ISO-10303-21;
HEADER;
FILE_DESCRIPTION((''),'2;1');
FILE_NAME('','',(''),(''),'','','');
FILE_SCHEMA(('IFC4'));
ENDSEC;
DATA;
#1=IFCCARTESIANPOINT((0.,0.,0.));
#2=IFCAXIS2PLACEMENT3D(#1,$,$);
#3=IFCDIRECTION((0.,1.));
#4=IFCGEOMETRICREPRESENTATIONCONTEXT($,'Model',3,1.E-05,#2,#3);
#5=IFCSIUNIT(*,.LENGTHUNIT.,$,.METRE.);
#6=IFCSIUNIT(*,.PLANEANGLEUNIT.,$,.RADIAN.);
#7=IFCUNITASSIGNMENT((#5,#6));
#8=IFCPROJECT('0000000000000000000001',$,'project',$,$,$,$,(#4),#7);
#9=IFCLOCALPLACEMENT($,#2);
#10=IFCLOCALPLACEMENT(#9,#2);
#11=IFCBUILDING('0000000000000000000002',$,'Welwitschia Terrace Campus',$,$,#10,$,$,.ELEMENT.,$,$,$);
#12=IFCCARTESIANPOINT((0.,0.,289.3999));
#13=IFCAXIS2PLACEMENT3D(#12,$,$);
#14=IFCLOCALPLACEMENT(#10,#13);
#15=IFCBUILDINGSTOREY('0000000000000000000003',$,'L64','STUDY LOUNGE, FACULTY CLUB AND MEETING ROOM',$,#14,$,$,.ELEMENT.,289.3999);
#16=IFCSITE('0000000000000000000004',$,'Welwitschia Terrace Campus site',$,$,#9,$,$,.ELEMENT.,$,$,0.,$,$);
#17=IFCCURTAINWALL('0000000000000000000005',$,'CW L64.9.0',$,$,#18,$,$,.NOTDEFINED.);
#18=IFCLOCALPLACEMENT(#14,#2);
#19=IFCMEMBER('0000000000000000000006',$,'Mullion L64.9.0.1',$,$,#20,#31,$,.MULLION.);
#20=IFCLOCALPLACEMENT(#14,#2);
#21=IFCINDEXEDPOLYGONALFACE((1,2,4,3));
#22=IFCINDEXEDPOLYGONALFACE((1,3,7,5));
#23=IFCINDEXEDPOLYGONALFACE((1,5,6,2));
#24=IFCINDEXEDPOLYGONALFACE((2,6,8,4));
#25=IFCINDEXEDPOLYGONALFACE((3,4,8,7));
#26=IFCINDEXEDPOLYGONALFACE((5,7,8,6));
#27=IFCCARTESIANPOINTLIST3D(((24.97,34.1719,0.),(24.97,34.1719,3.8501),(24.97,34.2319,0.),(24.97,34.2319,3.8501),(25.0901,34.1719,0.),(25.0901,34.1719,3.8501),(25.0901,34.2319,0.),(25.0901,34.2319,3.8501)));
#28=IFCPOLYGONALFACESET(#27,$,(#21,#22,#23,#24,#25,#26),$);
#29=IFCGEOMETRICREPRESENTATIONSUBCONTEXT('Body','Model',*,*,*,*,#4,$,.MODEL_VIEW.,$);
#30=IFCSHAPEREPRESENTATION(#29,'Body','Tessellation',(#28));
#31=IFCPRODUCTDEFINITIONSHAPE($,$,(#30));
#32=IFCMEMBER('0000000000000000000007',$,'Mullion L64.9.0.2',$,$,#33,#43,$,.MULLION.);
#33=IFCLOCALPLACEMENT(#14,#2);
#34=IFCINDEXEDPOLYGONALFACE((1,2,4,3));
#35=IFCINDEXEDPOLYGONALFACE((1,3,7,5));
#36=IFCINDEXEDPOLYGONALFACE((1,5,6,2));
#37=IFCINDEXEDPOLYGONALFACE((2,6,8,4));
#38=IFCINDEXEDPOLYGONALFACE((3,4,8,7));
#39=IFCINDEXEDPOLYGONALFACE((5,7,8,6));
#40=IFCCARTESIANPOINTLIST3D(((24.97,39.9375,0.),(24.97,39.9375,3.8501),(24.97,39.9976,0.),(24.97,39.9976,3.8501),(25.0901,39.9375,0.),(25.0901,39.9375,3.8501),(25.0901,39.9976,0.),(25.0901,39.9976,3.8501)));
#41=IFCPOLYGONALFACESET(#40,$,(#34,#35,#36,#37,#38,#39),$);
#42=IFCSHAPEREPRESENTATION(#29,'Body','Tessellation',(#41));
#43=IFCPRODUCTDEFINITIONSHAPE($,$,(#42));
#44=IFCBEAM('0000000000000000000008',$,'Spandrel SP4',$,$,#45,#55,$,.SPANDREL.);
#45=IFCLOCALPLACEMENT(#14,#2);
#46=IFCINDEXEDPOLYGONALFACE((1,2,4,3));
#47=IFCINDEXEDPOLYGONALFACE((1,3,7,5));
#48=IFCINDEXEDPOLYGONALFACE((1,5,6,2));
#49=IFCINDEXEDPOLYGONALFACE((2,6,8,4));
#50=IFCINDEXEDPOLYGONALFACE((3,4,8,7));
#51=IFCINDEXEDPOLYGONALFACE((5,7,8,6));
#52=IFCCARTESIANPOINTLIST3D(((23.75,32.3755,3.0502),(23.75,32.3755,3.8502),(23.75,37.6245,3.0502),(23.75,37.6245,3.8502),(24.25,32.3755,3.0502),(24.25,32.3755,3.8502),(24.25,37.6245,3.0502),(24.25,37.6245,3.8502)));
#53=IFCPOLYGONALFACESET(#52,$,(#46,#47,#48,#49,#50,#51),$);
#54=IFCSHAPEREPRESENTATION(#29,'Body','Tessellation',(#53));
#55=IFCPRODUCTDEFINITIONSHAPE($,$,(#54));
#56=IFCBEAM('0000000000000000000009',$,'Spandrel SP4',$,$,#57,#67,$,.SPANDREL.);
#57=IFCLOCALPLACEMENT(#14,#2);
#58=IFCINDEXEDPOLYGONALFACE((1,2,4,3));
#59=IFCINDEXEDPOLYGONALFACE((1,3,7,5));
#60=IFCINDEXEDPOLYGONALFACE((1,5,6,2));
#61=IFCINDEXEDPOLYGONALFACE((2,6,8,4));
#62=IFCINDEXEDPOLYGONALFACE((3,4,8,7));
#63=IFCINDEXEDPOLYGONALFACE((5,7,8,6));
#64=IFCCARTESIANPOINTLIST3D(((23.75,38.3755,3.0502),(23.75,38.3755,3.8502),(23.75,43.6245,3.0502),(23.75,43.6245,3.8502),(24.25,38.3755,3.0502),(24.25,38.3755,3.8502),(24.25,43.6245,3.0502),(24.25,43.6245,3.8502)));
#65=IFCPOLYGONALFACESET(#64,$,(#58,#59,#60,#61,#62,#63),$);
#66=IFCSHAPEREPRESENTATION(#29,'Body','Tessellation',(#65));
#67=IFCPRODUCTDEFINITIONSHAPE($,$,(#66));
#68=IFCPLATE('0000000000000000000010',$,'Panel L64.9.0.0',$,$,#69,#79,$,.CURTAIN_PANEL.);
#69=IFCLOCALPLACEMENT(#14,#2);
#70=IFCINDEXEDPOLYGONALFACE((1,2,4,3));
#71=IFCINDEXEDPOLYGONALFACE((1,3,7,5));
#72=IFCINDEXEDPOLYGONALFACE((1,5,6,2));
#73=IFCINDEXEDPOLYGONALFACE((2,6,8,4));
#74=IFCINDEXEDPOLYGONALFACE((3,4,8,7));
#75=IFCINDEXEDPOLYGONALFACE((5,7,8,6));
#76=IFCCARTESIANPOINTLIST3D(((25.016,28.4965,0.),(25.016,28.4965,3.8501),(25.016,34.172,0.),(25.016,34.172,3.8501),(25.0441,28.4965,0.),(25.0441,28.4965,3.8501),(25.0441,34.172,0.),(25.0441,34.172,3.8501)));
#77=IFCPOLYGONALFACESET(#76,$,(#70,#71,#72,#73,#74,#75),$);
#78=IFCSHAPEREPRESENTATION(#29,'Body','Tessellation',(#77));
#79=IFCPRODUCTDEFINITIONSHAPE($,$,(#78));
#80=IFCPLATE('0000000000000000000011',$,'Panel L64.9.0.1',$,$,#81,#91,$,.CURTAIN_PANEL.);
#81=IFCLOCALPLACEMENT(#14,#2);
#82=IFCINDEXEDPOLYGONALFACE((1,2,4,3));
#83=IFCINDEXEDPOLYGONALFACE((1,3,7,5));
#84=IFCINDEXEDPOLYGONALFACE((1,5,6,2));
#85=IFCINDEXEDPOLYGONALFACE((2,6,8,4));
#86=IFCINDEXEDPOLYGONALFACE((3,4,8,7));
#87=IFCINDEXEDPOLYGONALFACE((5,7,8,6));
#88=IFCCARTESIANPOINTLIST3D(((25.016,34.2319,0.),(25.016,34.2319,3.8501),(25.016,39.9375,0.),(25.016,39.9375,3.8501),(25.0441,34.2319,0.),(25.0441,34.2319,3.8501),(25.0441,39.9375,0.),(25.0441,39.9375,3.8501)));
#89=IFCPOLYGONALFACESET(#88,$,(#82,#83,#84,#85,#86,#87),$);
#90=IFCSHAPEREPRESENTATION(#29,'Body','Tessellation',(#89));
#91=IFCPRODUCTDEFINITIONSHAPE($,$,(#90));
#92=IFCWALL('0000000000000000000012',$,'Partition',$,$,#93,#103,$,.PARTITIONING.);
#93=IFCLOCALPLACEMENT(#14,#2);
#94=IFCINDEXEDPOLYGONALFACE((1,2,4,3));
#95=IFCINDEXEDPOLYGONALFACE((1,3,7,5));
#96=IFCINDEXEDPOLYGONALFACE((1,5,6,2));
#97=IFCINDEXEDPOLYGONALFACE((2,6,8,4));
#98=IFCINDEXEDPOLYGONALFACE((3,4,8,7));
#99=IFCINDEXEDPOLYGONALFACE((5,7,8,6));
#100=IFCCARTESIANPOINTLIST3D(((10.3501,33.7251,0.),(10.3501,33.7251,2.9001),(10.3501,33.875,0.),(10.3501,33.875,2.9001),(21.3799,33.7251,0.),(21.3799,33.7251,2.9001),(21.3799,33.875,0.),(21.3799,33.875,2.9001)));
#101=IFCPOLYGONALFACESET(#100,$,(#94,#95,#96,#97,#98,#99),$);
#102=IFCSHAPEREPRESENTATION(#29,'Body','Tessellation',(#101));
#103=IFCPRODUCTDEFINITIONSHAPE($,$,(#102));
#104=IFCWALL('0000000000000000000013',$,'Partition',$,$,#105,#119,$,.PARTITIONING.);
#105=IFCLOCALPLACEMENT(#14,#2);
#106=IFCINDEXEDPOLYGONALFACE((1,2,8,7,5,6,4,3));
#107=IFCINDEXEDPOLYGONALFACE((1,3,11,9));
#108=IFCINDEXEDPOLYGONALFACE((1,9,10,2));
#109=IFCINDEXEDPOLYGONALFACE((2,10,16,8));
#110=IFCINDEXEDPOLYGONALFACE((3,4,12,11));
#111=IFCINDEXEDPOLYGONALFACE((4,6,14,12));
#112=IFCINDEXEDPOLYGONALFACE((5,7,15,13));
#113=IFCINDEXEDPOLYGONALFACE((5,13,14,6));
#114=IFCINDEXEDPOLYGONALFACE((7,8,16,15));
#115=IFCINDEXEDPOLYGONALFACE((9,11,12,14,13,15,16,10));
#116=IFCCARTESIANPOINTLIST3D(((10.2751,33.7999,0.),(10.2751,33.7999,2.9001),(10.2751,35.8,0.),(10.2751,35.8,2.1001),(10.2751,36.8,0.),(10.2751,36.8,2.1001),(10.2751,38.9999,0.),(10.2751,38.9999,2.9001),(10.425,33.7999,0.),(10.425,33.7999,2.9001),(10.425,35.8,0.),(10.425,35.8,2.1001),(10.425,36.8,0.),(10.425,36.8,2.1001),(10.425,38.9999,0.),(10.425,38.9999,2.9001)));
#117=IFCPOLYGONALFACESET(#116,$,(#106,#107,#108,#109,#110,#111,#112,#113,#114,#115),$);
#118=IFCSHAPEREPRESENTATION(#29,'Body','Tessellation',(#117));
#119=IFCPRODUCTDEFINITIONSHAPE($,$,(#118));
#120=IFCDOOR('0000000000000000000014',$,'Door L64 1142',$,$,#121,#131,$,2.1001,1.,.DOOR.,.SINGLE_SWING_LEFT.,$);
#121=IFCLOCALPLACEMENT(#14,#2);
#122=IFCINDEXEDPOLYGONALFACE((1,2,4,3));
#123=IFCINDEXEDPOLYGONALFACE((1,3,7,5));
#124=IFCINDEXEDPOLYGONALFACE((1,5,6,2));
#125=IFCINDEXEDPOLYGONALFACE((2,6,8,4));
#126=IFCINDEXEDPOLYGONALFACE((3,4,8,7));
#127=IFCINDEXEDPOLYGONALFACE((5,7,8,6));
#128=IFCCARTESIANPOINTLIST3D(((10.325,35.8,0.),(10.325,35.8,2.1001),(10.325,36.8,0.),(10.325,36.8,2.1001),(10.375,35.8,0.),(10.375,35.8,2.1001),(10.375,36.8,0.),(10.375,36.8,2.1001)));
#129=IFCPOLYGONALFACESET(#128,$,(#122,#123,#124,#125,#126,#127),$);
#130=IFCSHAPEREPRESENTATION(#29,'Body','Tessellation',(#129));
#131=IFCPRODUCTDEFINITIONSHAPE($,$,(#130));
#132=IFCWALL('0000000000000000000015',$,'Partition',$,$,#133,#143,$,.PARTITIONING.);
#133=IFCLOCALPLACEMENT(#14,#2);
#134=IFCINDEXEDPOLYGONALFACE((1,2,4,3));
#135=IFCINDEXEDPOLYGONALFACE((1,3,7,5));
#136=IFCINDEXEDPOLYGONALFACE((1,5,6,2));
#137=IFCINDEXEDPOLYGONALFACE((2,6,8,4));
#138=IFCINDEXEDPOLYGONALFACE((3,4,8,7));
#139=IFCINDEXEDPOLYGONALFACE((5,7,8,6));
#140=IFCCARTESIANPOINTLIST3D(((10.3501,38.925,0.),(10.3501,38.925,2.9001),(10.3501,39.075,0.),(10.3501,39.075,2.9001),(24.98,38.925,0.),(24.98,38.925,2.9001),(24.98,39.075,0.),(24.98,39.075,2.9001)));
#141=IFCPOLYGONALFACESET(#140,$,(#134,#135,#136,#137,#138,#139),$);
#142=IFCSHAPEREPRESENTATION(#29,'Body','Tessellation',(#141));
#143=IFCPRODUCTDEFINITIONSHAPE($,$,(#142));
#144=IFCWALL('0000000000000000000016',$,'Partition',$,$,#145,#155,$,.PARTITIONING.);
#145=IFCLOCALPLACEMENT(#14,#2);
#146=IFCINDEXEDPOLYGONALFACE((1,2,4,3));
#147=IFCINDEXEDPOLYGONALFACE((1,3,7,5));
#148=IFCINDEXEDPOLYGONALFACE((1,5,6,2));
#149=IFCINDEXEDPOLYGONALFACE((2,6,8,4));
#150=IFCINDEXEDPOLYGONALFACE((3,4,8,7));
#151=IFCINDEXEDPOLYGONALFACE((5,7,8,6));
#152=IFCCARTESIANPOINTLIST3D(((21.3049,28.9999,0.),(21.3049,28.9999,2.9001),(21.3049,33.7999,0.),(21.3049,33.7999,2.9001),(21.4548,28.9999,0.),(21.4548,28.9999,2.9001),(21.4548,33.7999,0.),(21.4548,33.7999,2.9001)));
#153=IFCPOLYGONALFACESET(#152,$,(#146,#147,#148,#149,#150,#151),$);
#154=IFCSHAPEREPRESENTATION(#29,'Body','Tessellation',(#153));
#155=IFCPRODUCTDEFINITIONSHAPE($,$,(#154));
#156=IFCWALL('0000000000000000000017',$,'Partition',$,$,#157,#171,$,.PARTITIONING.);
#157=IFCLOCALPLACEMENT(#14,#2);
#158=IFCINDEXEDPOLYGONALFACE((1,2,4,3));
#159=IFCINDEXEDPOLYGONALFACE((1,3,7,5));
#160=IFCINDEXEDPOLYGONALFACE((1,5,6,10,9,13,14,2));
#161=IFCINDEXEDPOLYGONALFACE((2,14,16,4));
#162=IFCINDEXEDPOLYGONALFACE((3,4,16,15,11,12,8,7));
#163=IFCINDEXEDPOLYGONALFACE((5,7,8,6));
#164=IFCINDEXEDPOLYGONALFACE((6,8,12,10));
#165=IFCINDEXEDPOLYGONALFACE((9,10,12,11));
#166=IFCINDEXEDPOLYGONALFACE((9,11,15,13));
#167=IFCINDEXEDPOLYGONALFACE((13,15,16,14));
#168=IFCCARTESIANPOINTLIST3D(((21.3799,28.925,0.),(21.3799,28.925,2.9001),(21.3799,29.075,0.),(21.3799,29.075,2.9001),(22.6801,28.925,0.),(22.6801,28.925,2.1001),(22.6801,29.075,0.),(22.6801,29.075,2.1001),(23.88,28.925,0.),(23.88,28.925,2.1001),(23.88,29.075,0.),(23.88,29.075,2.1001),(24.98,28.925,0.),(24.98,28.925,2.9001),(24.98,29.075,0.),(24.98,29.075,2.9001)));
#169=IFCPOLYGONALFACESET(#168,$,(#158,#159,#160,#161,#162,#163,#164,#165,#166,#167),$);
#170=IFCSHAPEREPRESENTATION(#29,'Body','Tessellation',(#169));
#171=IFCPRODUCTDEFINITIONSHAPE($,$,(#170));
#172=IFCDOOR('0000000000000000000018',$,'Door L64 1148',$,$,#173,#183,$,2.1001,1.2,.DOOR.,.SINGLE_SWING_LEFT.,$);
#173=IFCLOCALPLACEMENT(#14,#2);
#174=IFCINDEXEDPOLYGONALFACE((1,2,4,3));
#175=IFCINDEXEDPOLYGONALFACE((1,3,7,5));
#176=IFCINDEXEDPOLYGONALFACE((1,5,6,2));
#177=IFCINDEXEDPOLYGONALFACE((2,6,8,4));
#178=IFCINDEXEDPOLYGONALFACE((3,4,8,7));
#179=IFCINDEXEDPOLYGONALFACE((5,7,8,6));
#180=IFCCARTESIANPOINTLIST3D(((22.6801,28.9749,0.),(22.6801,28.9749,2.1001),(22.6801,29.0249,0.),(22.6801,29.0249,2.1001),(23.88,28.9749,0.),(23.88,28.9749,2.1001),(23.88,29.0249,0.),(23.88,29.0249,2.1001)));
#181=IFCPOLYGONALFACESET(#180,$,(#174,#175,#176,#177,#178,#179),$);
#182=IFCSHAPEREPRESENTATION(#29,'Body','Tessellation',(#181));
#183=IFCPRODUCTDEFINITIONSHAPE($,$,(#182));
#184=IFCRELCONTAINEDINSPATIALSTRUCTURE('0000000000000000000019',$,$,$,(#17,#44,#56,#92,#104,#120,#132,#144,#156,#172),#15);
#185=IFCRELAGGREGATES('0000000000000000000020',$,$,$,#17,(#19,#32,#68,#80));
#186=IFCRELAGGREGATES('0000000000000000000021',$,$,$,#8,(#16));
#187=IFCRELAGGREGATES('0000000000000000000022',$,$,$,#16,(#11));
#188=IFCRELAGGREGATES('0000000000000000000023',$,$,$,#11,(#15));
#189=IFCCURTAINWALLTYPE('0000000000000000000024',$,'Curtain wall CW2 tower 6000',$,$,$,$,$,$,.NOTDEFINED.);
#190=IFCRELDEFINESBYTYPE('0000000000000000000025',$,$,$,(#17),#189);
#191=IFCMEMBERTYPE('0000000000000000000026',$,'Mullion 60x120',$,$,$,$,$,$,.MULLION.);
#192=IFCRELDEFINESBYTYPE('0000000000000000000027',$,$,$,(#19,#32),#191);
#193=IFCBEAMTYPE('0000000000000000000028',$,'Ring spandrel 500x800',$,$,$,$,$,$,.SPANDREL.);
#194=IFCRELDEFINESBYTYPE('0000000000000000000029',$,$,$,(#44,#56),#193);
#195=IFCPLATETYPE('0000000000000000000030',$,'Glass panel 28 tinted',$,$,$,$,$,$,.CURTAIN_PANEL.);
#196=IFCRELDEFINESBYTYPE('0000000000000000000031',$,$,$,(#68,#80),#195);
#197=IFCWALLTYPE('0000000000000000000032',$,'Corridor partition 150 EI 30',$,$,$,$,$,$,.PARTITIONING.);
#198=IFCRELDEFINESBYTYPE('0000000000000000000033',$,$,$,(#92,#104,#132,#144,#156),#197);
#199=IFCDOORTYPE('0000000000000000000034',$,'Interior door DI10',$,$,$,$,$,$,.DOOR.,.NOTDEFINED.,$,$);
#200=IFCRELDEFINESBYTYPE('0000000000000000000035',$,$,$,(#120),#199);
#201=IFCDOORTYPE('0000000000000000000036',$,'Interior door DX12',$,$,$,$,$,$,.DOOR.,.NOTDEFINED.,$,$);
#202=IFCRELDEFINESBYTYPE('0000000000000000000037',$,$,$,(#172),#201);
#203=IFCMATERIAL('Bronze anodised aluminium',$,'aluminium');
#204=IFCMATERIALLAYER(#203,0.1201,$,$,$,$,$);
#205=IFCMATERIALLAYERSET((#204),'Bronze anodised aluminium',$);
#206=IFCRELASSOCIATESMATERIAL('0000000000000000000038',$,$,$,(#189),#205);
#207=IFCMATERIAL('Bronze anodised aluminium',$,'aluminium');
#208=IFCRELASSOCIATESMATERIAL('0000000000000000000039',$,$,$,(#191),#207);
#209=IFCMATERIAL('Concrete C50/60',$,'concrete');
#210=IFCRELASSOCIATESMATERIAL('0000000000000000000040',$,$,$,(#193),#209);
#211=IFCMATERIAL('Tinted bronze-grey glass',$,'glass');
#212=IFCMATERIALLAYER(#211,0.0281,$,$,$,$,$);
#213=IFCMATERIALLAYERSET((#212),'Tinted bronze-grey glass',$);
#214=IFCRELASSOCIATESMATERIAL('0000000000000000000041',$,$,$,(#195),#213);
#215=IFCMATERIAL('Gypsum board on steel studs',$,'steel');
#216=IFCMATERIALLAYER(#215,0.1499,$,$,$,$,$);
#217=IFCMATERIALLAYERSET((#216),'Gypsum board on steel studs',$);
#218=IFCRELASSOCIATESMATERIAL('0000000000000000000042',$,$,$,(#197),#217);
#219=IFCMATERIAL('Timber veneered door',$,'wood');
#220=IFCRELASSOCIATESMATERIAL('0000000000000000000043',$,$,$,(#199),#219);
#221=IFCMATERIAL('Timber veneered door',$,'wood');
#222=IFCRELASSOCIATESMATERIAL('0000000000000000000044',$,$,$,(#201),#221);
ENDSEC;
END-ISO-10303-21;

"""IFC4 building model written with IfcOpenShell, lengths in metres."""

from ifc_helpers import new_model, si_unit, direction, frame, frame_2d, origin, origin_2d, place, context, subcontext, project, spatial, rectangle, extrude, material, layer, layer_set, material_profile, profile_set, type_object, element, fill, aggregate, save


model = new_model("IFC4")

# Units and contexts
model_context = context("Model", 3, precision=1e-05, world=origin(), true_north=direction((0.0, 1.0)))
body_context = subcontext(model_context, "Body", "Model", "MODEL_VIEW")
ifc_project = project(units=[si_unit("LENGTHUNIT", "METRE"), si_unit("PLANEANGLEUNIT", "RADIAN")], contexts=[model_context])

# Site, building, storey
site_placement = place(None, origin())
site = spatial("IfcSite", under=ifc_project, at=site_placement, Name="Welwitschia Terrace Campus site", CompositionType="ELEMENT", RefElevation=0.0)
building_placement = place(site_placement, origin())
building = spatial("IfcBuilding", under=site, at=building_placement, Name="Welwitschia Terrace Campus", CompositionType="ELEMENT")
storey_placement = place(building_placement, frame((0.0, 0.0, 289.3999)))
storey = spatial("IfcBuildingStorey", under=building, at=storey_placement, Name="L64", Description="STUDY LOUNGE, FACULTY CLUB AND MEETING ROOM", CompositionType="ELEMENT", Elevation=289.3999)

# Curtain wall, members
ifc_material_1 = material(Name="Bronze anodised aluminium", Category="aluminium")
ifc_layer_1 = layer(ifc_material_1, 0.1201)
ifc_layer_set_1 = layer_set([ifc_layer_1], Name="Bronze anodised aluminium")
curtain_wall_type = type_object("IfcCurtainWallType", Name="Curtain wall CW2 tower 6000", PredefinedType="NOTDEFINED", material=ifc_layer_set_1)
curtain_wall_placement = place(storey_placement, origin())
curtain_wall = element("IfcCurtainWall", 1, at=curtain_wall_placement, inside=storey, type_object=curtain_wall_type, Name="CW L64.9.0", PredefinedType="NOTDEFINED")
ifc_material_2 = material(Name="Bronze anodised aluminium", Category="aluminium")
ifc_material_profile_1 = material_profile(ifc_material_2, rectangle(XDim=0.1201, YDim=0.0601, at=origin_2d()))
ifc_profile_set_1 = profile_set([ifc_material_profile_1], Name="Bronze anodised aluminium")
member_type = type_object("IfcMemberType", Name="Mullion 60x120", PredefinedType="MULLION", material=ifc_profile_set_1)
member_1_placement = place(storey_placement, frame((25.03, 34.2019, 0.0), z_axis=(0.0, 0.0, 1.0), x_axis=(-1.0, 0.0, 0.0)))
member_1 = element("IfcMember", 2, at=member_1_placement, type_object=member_type, Name="Mullion L64.9.0.1", PredefinedType="MULLION", context=body_context, shape_type="SweptSolid", body=[
    extrude(rectangle(XDim=0.1201, YDim=0.0601, at=origin_2d()), origin(), (0.0, 0.0, 1.0), 3.8501),
])
member_2_placement = place(storey_placement, frame((25.03, 39.9675, 0.0), z_axis=(0.0, 0.0, 1.0), x_axis=(-1.0, 0.0, 0.0)))
member_2 = element("IfcMember", 3, at=member_2_placement, type_object=member_type, Name="Mullion L64.9.0.2", PredefinedType="MULLION", context=body_context, shape_type="SweptSolid", body=[
    extrude(rectangle(XDim=0.1201, YDim=0.0601, at=origin_2d()), origin(), (0.0, 0.0, 1.0), 3.8501),
])

# Beams
ifc_material_3 = material(Name="Concrete C50/60", Category="concrete")
ifc_material_profile_2 = material_profile(ifc_material_3, rectangle(XDim=0.5, YDim=0.8, at=origin_2d()))
ifc_profile_set_2 = profile_set([ifc_material_profile_2], Name="Concrete C50/60")
beam_type_1 = type_object("IfcBeamType", Name="Ring spandrel 500x800", PredefinedType="SPANDREL", material=ifc_profile_set_2)
for number, where, z_axis, x_axis, name in (
    (4, (24.0, 32.3755, 3.4502), (0.0, 1.0, 0.0), (-1.0, 0.0, 0.0), "Spandrel SP4"),
    (5, (24.0, 38.3755, 3.4502), (0.0, 1.0, 0.0), (-1.0, 0.0, 0.0), "Spandrel SP4"),
):
    element("IfcBeam", number, at=place(storey_placement, frame(where, z_axis=z_axis, x_axis=x_axis)), inside=storey, type_object=beam_type_1, Name=name, PredefinedType="SPANDREL", context=body_context, shape_type="SweptSolid", body=[
        extrude(rectangle(XDim=0.5, YDim=0.8, at=origin_2d()), origin(), (0.0, 0.0, 1.0), 5.249),
    ])

# Plates
ifc_material_4 = material(Name="Tinted bronze-grey glass", Category="glass")
ifc_layer_2 = layer(ifc_material_4, 0.0281)
ifc_layer_set_2 = layer_set([ifc_layer_2], Name="Tinted bronze-grey glass")
plate_type = type_object("IfcPlateType", Name="Glass panel 28 tinted", PredefinedType="CURTAIN_PANEL", material=ifc_layer_set_2)
plate_1_placement = place(storey_placement, frame((25.03, 31.3342, 0.0), z_axis=(0.0, 0.0, 1.0), x_axis=(0.0, 1.0, 0.0)))
plate_1 = element("IfcPlate", 6, at=plate_1_placement, type_object=plate_type, Name="Panel L64.9.0.0", PredefinedType="CURTAIN_PANEL", context=body_context, shape_type="SweptSolid", body=[
    extrude(rectangle(XDim=5.6755, YDim=0.0281, at=origin_2d()), origin(), (0.0, 0.0, 1.0), 3.8501),
])
plate_2_placement = place(storey_placement, frame((25.03, 37.0847, 0.0), z_axis=(0.0, 0.0, 1.0), x_axis=(0.0, 1.0, 0.0)))
plate_2 = element("IfcPlate", 7, at=plate_2_placement, type_object=plate_type, Name="Panel L64.9.0.1", PredefinedType="CURTAIN_PANEL", context=body_context, shape_type="SweptSolid", body=[
    extrude(rectangle(XDim=5.7056, YDim=0.0281, at=origin_2d()), origin(), (0.0, 0.0, 1.0), 3.8501),
])
aggregate(curtain_wall, [member_1, member_2, plate_1, plate_2])

# Wall
ifc_material_5 = material(Name="Gypsum board on steel studs", Category="steel")
ifc_layer_3 = layer(ifc_material_5, 0.1499)
ifc_layer_set_3 = layer_set([ifc_layer_3], Name="Gypsum board on steel studs")
wall_type = type_object("IfcWallType", Name="Corridor partition 150 EI 30", PredefinedType="PARTITIONING", material=ifc_layer_set_3)
wall_1_placement = place(storey_placement, frame((10.3501, 33.8, 0.0), z_axis=(0.0, 0.0, 1.0), x_axis=(1.0, 0.0, 0.0)))
element("IfcWall", 8, at=wall_1_placement, inside=storey, type_object=wall_type, Name="Partition", PredefinedType="PARTITIONING", context=body_context, shape_type="SweptSolid", body=[
    extrude(rectangle(XDim=11.0298, YDim=0.1499, at=frame_2d((5.5149, 0.0))), origin(), (0.0, 0.0, 1.0), 2.9001),
])

# Wall, opening, door
wall_2_placement = place(storey_placement, frame((10.3501, 39.0, 0.0), z_axis=(0.0, 0.0, 1.0), x_axis=(0.0, -1.0, 0.0)))
wall_2 = element("IfcWall", 9, at=wall_2_placement, inside=storey, type_object=wall_type, Name="Partition", PredefinedType="PARTITIONING", context=body_context, shape_type="SweptSolid", body=[
    extrude(rectangle(XDim=5.2, YDim=0.1499, at=frame_2d((2.6001, 0.0))), origin(), (0.0, 0.0, 1.0), 2.9001),
])
opening_1_placement = place(wall_2_placement, frame((2.2, 0.0, 0.0)))
opening_1 = element("IfcOpeningElement", 10, at=opening_1_placement, cuts=wall_2, PredefinedType="OPENING", context=body_context, shape_type="SweptSolid", body=[
    extrude(rectangle(XDim=1.0, YDim=2.1001, at=frame_2d((0.5, 1.05))), frame((0.0, 0.085, 0.0), z_axis=(0.0, -1.0, 0.0), x_axis=(1.0, 0.0, 0.0)), (0.0, 0.0, 1.0), 0.1699),
])
ifc_material_6 = material(Name="Timber veneered door", Category="wood")
door_type_1 = type_object("IfcDoorType", Name="Interior door DI10", OperationType="NOTDEFINED", PredefinedType="DOOR", material=ifc_material_6)
door_1_placement = place(opening_1_placement, origin())
door_1 = element("IfcDoor", 11, at=door_1_placement, inside=storey, type_object=door_type_1, Name="Door L64 1142", OperationType="SINGLE_SWING_LEFT", OverallHeight=2.1001, OverallWidth=1.0, PredefinedType="DOOR", context=body_context, shape_type="SweptSolid", body=[
    extrude(rectangle(XDim=1.0, YDim=2.1001, at=frame_2d((0.5, 1.05))), frame((0.0, 0.0249, 0.0), z_axis=(0.0, -1.0, 0.0), x_axis=(1.0, 0.0, 0.0)), (0.0, 0.0, 1.0), 0.05),
])
fill(opening_1, door_1)

# Walls
wall_3_placement = place(storey_placement, frame((10.3501, 39.0, 0.0), z_axis=(0.0, 0.0, 1.0), x_axis=(1.0, 0.0, 0.0)))
element("IfcWall", 12, at=wall_3_placement, inside=storey, type_object=wall_type, Name="Partition", PredefinedType="PARTITIONING", context=body_context, shape_type="SweptSolid", body=[
    extrude(rectangle(XDim=14.6299, YDim=0.1499, at=frame_2d((7.3149, 0.0))), origin(), (0.0, 0.0, 1.0), 2.9001),
])
wall_4_placement = place(storey_placement, frame((21.3799, 29.0, 0.0), z_axis=(0.0, 0.0, 1.0), x_axis=(0.0, 1.0, 0.0)))
element("IfcWall", 13, at=wall_4_placement, inside=storey, type_object=wall_type, Name="Partition", PredefinedType="PARTITIONING", context=body_context, shape_type="SweptSolid", body=[
    extrude(rectangle(XDim=4.8, YDim=0.1499, at=frame_2d((2.3999, 0.0))), origin(), (0.0, 0.0, 1.0), 2.9001),
])

# Wall, opening, door
wall_5_placement = place(storey_placement, frame((21.3799, 29.0, 0.0), z_axis=(0.0, 0.0, 1.0), x_axis=(1.0, 0.0, 0.0)))
wall_5 = element("IfcWall", 14, at=wall_5_placement, inside=storey, type_object=wall_type, Name="Partition", PredefinedType="PARTITIONING", context=body_context, shape_type="SweptSolid", body=[
    extrude(rectangle(XDim=3.6001, YDim=0.1499, at=frame_2d((1.8, 0.0))), origin(), (0.0, 0.0, 1.0), 2.9001),
])
opening_2_placement = place(wall_5_placement, frame((1.3, 0.0, 0.0)))
opening_2 = element("IfcOpeningElement", 15, at=opening_2_placement, cuts=wall_5, PredefinedType="OPENING", context=body_context, shape_type="SweptSolid", body=[
    extrude(rectangle(XDim=1.2, YDim=2.1001, at=frame_2d((0.6001, 1.05))), frame((0.0, 0.085, 0.0), z_axis=(0.0, -1.0, 0.0), x_axis=(1.0, 0.0, 0.0)), (0.0, 0.0, 1.0), 0.1699),
])
ifc_material_7 = material(Name="Timber veneered door", Category="wood")
door_type_2 = type_object("IfcDoorType", Name="Interior door DX12", OperationType="NOTDEFINED", PredefinedType="DOOR", material=ifc_material_7)
door_2_placement = place(opening_2_placement, origin())
door_2 = element("IfcDoor", 16, at=door_2_placement, inside=storey, type_object=door_type_2, Name="Door L64 1148", OperationType="SINGLE_SWING_LEFT", OverallHeight=2.1001, OverallWidth=1.2, PredefinedType="DOOR", context=body_context, shape_type="SweptSolid", body=[
    extrude(rectangle(XDim=1.2, YDim=2.1001, at=frame_2d((0.6001, 1.05))), frame((0.0, 0.0249, 0.0), z_axis=(0.0, -1.0, 0.0), x_axis=(1.0, 0.0, 0.0)), (0.0, 0.0, 1.0), 0.05),
])
fill(opening_2, door_2)

save(model, "model.ifc")
